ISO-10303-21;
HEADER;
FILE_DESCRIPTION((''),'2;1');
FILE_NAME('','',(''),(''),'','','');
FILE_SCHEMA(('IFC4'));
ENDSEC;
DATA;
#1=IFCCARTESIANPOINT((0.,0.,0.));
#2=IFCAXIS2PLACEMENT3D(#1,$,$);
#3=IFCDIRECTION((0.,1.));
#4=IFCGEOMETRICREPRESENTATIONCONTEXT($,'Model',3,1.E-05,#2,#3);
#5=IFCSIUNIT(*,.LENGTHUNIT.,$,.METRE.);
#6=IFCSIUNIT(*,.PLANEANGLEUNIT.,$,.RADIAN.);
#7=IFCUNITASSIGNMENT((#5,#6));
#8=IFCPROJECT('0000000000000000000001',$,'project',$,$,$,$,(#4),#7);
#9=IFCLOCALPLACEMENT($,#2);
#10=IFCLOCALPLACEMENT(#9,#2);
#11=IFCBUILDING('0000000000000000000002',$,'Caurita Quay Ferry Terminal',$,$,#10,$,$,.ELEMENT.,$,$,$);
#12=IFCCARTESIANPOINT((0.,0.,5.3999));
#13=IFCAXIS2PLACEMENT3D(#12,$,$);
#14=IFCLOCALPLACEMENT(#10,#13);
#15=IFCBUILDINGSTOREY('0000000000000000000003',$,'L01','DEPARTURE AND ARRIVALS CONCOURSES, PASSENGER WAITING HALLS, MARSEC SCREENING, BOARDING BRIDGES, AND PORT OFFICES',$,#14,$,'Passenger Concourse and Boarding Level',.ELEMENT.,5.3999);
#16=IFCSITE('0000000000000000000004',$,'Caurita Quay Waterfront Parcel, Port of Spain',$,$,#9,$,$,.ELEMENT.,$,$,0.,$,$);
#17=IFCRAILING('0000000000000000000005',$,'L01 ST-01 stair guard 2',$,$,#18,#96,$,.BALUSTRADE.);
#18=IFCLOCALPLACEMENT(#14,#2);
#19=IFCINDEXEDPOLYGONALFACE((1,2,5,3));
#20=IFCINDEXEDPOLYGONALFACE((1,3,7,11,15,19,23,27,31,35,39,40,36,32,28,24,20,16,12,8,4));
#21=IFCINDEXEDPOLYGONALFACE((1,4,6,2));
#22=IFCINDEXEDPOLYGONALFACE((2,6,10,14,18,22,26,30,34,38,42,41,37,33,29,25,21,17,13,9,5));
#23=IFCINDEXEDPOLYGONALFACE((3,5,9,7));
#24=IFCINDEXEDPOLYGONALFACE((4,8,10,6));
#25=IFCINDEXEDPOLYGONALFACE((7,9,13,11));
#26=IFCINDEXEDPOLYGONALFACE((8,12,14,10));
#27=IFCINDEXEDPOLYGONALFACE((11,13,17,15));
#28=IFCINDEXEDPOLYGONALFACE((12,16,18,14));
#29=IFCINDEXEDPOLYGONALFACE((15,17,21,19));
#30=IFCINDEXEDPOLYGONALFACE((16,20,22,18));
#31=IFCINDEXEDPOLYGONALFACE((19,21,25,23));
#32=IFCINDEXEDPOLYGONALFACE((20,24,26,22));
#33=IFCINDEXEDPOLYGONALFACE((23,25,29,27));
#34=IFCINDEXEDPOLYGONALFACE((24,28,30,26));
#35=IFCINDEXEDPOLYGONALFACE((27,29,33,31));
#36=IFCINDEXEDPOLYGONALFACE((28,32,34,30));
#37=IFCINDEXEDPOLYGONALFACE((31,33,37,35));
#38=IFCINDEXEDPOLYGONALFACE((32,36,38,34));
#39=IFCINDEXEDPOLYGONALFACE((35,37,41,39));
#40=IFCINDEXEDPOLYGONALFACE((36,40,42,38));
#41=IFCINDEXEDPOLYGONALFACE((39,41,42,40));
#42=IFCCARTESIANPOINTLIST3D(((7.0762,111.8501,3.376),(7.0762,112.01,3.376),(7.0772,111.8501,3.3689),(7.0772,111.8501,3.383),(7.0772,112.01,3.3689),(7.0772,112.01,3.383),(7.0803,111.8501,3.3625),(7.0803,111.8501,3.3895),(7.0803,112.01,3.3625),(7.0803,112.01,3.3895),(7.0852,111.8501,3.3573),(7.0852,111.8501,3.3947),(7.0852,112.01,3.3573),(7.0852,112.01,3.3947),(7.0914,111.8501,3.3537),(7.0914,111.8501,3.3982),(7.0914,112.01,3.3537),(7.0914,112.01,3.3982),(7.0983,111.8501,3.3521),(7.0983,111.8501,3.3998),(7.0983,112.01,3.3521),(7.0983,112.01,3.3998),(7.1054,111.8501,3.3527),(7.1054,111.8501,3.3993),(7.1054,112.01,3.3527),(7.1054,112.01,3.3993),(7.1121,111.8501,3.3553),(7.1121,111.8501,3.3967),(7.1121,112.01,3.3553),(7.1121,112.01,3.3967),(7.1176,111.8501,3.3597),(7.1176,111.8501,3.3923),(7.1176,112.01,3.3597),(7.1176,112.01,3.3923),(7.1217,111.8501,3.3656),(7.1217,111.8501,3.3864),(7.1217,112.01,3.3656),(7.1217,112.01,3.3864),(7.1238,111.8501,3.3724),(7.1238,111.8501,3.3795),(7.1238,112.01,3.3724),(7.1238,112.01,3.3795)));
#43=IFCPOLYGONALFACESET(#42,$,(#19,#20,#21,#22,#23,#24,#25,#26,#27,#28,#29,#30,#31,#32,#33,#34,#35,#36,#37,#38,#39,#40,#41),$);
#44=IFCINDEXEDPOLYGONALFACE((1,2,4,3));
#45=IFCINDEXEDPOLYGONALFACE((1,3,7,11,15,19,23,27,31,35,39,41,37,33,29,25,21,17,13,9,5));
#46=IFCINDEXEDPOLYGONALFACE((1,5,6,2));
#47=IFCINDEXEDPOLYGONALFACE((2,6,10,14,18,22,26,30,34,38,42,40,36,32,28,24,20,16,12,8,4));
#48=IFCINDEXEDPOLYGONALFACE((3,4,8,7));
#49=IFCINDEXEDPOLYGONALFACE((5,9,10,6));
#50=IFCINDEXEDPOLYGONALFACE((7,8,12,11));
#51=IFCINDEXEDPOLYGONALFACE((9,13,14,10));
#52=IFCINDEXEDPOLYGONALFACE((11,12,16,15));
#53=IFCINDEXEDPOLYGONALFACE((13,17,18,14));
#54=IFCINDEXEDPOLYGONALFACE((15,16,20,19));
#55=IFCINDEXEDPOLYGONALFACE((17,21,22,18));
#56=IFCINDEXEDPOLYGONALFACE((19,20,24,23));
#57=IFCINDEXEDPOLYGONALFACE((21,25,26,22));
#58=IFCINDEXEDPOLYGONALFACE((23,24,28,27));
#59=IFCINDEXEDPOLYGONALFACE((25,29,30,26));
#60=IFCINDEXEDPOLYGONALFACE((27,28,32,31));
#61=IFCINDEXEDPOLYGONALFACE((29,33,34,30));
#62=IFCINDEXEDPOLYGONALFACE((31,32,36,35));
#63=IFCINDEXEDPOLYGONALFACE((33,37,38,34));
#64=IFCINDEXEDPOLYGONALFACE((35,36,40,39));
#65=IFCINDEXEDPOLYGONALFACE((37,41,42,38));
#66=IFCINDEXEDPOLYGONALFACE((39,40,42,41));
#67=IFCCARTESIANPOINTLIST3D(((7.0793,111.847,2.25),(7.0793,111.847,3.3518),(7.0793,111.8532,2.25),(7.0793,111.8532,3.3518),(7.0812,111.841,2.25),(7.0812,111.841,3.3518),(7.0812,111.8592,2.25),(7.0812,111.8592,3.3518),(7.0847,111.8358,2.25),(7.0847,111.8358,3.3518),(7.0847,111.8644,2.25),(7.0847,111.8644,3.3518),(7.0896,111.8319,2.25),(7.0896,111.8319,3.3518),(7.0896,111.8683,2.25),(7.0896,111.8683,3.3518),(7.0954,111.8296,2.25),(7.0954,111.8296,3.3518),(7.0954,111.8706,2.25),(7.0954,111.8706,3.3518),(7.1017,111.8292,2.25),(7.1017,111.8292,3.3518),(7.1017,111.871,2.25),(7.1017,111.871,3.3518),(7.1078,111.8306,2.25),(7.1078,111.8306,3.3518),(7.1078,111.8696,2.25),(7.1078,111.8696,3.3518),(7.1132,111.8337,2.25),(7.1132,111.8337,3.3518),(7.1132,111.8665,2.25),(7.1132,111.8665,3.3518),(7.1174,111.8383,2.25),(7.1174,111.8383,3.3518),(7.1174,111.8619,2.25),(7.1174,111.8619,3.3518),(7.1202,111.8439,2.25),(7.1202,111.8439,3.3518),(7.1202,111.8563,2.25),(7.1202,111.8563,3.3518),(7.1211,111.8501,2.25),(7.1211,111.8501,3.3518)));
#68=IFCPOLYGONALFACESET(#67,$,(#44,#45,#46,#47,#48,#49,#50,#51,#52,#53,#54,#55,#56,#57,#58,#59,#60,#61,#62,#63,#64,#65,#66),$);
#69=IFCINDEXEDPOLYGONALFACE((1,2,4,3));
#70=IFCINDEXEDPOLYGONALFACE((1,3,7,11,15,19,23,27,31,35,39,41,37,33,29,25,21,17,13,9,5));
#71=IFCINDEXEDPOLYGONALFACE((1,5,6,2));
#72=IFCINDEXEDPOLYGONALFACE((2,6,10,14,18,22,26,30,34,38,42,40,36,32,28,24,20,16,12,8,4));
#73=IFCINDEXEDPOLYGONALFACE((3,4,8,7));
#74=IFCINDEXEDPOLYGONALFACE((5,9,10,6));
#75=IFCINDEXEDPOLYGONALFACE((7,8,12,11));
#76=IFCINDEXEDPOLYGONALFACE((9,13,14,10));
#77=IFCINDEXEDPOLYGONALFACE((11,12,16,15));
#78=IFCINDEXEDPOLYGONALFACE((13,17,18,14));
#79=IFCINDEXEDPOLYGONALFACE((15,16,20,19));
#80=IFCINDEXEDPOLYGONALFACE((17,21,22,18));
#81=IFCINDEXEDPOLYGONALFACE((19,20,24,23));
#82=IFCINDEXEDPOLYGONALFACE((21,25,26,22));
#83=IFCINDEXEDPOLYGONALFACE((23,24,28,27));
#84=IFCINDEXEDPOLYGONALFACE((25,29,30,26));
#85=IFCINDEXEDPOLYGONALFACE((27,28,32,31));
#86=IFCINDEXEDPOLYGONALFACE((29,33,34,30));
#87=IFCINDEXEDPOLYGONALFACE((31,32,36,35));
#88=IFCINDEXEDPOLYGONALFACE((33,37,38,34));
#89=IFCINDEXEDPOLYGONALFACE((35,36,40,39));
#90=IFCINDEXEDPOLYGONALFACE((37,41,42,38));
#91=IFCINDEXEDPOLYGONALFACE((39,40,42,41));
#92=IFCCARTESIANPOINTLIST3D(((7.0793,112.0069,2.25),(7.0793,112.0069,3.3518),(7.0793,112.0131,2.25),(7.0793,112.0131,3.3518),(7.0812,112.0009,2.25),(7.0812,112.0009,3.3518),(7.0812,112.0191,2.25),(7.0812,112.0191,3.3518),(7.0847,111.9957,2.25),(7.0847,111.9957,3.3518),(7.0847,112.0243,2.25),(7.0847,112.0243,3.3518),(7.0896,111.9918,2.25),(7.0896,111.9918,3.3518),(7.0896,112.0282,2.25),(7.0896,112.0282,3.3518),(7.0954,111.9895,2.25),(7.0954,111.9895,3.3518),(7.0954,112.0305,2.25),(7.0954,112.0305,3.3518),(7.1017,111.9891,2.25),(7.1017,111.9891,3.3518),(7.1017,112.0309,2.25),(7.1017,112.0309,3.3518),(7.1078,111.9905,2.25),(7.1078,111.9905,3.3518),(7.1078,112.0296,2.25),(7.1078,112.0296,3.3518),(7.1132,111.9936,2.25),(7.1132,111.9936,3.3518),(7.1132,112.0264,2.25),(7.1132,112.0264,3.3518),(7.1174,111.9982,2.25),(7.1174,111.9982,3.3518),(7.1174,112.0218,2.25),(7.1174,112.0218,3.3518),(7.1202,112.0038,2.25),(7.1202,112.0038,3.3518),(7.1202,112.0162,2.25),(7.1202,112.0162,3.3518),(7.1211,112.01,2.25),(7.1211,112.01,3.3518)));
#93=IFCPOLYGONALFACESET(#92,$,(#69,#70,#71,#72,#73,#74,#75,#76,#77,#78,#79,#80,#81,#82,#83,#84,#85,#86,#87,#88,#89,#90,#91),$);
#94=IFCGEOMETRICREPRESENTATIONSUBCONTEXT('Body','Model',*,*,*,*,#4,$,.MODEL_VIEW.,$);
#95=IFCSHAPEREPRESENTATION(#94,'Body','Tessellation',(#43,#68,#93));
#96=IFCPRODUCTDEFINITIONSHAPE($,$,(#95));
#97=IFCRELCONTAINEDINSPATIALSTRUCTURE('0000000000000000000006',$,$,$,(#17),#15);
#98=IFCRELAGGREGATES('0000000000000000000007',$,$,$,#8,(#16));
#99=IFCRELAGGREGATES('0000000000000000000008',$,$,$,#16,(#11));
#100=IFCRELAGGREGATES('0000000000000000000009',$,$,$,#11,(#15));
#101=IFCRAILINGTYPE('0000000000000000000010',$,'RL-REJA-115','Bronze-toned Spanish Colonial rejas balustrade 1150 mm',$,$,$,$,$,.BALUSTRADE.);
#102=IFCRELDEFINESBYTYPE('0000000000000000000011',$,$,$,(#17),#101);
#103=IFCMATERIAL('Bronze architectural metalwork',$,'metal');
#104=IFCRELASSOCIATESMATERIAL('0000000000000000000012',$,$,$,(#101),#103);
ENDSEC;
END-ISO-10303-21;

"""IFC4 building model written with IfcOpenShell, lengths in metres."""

from ifc_helpers import new_model, si_unit, direction, frame, origin, origin_2d, place, context, subcontext, project, spatial, circle, extrude, material, type_object, element, save


model = new_model("IFC4")

# Units and contexts
model_context = context("Model", 3, precision=1e-05, world=origin(), true_north=direction((0.0, 1.0)))
body_context = subcontext(model_context, "Body", "Model", "MODEL_VIEW")
ifc_project = project(units=[si_unit("LENGTHUNIT", "METRE"), si_unit("PLANEANGLEUNIT", "RADIAN")], contexts=[model_context])

# Site, building, storey
site_placement = place(None, origin())
site = spatial("IfcSite", under=ifc_project, at=site_placement, Name="Caurita Quay Waterfront Parcel, Port of Spain", CompositionType="ELEMENT", RefElevation=0.0)
building_placement = place(site_placement, origin())
building = spatial("IfcBuilding", under=site, at=building_placement, Name="Caurita Quay Ferry Terminal", CompositionType="ELEMENT")
storey_placement = place(building_placement, frame((0.0, 0.0, 5.3999)))
storey = spatial("IfcBuildingStorey", under=building, at=storey_placement, Name="L01", Description="DEPARTURE AND ARRIVALS CONCOURSES, PASSENGER WAITING HALLS, MARSEC SCREENING, BOARDING BRIDGES, AND PORT OFFICES", LongName="Passenger Concourse and Boarding Level", CompositionType="ELEMENT", Elevation=5.3999)

# Shared definitions
ifc_material_1 = material(Name="Bronze architectural metalwork", Category="metal")

# Railing
railing_type_1 = type_object("IfcRailingType", Name="RL-REJA-115", Description="Bronze-toned Spanish Colonial rejas balustrade 1150 mm", PredefinedType="BALUSTRADE", material=ifc_material_1)
railing_1_placement = place(storey_placement, frame((7.1001, 111.8501, 2.25)))
element("IfcRailing", 1, at=railing_1_placement, inside=storey, type_object=railing_type_1, Name="L01 ST-01 stair guard 2", PredefinedType="BALUSTRADE", context=body_context, shape_type="SweptSolid", body=[
    extrude(circle(Radius=0.0239, at=origin_2d()), frame((0.0, 0.0, 1.126), z_axis=(0.0, 1.0, 0.0), x_axis=(-1.0, 0.0, 0.0)), (0.0, 0.0, 1.0), 0.1599),
    extrude(circle(Radius=0.021, at=origin_2d()), origin(), (0.0, 0.0, 1.0), 1.1018),
    extrude(circle(Radius=0.021, at=origin_2d()), frame((0.0, 0.1599, 0.0)), (0.0, 0.0, 1.0), 1.1018),
])

save(model, "model.ifc")
